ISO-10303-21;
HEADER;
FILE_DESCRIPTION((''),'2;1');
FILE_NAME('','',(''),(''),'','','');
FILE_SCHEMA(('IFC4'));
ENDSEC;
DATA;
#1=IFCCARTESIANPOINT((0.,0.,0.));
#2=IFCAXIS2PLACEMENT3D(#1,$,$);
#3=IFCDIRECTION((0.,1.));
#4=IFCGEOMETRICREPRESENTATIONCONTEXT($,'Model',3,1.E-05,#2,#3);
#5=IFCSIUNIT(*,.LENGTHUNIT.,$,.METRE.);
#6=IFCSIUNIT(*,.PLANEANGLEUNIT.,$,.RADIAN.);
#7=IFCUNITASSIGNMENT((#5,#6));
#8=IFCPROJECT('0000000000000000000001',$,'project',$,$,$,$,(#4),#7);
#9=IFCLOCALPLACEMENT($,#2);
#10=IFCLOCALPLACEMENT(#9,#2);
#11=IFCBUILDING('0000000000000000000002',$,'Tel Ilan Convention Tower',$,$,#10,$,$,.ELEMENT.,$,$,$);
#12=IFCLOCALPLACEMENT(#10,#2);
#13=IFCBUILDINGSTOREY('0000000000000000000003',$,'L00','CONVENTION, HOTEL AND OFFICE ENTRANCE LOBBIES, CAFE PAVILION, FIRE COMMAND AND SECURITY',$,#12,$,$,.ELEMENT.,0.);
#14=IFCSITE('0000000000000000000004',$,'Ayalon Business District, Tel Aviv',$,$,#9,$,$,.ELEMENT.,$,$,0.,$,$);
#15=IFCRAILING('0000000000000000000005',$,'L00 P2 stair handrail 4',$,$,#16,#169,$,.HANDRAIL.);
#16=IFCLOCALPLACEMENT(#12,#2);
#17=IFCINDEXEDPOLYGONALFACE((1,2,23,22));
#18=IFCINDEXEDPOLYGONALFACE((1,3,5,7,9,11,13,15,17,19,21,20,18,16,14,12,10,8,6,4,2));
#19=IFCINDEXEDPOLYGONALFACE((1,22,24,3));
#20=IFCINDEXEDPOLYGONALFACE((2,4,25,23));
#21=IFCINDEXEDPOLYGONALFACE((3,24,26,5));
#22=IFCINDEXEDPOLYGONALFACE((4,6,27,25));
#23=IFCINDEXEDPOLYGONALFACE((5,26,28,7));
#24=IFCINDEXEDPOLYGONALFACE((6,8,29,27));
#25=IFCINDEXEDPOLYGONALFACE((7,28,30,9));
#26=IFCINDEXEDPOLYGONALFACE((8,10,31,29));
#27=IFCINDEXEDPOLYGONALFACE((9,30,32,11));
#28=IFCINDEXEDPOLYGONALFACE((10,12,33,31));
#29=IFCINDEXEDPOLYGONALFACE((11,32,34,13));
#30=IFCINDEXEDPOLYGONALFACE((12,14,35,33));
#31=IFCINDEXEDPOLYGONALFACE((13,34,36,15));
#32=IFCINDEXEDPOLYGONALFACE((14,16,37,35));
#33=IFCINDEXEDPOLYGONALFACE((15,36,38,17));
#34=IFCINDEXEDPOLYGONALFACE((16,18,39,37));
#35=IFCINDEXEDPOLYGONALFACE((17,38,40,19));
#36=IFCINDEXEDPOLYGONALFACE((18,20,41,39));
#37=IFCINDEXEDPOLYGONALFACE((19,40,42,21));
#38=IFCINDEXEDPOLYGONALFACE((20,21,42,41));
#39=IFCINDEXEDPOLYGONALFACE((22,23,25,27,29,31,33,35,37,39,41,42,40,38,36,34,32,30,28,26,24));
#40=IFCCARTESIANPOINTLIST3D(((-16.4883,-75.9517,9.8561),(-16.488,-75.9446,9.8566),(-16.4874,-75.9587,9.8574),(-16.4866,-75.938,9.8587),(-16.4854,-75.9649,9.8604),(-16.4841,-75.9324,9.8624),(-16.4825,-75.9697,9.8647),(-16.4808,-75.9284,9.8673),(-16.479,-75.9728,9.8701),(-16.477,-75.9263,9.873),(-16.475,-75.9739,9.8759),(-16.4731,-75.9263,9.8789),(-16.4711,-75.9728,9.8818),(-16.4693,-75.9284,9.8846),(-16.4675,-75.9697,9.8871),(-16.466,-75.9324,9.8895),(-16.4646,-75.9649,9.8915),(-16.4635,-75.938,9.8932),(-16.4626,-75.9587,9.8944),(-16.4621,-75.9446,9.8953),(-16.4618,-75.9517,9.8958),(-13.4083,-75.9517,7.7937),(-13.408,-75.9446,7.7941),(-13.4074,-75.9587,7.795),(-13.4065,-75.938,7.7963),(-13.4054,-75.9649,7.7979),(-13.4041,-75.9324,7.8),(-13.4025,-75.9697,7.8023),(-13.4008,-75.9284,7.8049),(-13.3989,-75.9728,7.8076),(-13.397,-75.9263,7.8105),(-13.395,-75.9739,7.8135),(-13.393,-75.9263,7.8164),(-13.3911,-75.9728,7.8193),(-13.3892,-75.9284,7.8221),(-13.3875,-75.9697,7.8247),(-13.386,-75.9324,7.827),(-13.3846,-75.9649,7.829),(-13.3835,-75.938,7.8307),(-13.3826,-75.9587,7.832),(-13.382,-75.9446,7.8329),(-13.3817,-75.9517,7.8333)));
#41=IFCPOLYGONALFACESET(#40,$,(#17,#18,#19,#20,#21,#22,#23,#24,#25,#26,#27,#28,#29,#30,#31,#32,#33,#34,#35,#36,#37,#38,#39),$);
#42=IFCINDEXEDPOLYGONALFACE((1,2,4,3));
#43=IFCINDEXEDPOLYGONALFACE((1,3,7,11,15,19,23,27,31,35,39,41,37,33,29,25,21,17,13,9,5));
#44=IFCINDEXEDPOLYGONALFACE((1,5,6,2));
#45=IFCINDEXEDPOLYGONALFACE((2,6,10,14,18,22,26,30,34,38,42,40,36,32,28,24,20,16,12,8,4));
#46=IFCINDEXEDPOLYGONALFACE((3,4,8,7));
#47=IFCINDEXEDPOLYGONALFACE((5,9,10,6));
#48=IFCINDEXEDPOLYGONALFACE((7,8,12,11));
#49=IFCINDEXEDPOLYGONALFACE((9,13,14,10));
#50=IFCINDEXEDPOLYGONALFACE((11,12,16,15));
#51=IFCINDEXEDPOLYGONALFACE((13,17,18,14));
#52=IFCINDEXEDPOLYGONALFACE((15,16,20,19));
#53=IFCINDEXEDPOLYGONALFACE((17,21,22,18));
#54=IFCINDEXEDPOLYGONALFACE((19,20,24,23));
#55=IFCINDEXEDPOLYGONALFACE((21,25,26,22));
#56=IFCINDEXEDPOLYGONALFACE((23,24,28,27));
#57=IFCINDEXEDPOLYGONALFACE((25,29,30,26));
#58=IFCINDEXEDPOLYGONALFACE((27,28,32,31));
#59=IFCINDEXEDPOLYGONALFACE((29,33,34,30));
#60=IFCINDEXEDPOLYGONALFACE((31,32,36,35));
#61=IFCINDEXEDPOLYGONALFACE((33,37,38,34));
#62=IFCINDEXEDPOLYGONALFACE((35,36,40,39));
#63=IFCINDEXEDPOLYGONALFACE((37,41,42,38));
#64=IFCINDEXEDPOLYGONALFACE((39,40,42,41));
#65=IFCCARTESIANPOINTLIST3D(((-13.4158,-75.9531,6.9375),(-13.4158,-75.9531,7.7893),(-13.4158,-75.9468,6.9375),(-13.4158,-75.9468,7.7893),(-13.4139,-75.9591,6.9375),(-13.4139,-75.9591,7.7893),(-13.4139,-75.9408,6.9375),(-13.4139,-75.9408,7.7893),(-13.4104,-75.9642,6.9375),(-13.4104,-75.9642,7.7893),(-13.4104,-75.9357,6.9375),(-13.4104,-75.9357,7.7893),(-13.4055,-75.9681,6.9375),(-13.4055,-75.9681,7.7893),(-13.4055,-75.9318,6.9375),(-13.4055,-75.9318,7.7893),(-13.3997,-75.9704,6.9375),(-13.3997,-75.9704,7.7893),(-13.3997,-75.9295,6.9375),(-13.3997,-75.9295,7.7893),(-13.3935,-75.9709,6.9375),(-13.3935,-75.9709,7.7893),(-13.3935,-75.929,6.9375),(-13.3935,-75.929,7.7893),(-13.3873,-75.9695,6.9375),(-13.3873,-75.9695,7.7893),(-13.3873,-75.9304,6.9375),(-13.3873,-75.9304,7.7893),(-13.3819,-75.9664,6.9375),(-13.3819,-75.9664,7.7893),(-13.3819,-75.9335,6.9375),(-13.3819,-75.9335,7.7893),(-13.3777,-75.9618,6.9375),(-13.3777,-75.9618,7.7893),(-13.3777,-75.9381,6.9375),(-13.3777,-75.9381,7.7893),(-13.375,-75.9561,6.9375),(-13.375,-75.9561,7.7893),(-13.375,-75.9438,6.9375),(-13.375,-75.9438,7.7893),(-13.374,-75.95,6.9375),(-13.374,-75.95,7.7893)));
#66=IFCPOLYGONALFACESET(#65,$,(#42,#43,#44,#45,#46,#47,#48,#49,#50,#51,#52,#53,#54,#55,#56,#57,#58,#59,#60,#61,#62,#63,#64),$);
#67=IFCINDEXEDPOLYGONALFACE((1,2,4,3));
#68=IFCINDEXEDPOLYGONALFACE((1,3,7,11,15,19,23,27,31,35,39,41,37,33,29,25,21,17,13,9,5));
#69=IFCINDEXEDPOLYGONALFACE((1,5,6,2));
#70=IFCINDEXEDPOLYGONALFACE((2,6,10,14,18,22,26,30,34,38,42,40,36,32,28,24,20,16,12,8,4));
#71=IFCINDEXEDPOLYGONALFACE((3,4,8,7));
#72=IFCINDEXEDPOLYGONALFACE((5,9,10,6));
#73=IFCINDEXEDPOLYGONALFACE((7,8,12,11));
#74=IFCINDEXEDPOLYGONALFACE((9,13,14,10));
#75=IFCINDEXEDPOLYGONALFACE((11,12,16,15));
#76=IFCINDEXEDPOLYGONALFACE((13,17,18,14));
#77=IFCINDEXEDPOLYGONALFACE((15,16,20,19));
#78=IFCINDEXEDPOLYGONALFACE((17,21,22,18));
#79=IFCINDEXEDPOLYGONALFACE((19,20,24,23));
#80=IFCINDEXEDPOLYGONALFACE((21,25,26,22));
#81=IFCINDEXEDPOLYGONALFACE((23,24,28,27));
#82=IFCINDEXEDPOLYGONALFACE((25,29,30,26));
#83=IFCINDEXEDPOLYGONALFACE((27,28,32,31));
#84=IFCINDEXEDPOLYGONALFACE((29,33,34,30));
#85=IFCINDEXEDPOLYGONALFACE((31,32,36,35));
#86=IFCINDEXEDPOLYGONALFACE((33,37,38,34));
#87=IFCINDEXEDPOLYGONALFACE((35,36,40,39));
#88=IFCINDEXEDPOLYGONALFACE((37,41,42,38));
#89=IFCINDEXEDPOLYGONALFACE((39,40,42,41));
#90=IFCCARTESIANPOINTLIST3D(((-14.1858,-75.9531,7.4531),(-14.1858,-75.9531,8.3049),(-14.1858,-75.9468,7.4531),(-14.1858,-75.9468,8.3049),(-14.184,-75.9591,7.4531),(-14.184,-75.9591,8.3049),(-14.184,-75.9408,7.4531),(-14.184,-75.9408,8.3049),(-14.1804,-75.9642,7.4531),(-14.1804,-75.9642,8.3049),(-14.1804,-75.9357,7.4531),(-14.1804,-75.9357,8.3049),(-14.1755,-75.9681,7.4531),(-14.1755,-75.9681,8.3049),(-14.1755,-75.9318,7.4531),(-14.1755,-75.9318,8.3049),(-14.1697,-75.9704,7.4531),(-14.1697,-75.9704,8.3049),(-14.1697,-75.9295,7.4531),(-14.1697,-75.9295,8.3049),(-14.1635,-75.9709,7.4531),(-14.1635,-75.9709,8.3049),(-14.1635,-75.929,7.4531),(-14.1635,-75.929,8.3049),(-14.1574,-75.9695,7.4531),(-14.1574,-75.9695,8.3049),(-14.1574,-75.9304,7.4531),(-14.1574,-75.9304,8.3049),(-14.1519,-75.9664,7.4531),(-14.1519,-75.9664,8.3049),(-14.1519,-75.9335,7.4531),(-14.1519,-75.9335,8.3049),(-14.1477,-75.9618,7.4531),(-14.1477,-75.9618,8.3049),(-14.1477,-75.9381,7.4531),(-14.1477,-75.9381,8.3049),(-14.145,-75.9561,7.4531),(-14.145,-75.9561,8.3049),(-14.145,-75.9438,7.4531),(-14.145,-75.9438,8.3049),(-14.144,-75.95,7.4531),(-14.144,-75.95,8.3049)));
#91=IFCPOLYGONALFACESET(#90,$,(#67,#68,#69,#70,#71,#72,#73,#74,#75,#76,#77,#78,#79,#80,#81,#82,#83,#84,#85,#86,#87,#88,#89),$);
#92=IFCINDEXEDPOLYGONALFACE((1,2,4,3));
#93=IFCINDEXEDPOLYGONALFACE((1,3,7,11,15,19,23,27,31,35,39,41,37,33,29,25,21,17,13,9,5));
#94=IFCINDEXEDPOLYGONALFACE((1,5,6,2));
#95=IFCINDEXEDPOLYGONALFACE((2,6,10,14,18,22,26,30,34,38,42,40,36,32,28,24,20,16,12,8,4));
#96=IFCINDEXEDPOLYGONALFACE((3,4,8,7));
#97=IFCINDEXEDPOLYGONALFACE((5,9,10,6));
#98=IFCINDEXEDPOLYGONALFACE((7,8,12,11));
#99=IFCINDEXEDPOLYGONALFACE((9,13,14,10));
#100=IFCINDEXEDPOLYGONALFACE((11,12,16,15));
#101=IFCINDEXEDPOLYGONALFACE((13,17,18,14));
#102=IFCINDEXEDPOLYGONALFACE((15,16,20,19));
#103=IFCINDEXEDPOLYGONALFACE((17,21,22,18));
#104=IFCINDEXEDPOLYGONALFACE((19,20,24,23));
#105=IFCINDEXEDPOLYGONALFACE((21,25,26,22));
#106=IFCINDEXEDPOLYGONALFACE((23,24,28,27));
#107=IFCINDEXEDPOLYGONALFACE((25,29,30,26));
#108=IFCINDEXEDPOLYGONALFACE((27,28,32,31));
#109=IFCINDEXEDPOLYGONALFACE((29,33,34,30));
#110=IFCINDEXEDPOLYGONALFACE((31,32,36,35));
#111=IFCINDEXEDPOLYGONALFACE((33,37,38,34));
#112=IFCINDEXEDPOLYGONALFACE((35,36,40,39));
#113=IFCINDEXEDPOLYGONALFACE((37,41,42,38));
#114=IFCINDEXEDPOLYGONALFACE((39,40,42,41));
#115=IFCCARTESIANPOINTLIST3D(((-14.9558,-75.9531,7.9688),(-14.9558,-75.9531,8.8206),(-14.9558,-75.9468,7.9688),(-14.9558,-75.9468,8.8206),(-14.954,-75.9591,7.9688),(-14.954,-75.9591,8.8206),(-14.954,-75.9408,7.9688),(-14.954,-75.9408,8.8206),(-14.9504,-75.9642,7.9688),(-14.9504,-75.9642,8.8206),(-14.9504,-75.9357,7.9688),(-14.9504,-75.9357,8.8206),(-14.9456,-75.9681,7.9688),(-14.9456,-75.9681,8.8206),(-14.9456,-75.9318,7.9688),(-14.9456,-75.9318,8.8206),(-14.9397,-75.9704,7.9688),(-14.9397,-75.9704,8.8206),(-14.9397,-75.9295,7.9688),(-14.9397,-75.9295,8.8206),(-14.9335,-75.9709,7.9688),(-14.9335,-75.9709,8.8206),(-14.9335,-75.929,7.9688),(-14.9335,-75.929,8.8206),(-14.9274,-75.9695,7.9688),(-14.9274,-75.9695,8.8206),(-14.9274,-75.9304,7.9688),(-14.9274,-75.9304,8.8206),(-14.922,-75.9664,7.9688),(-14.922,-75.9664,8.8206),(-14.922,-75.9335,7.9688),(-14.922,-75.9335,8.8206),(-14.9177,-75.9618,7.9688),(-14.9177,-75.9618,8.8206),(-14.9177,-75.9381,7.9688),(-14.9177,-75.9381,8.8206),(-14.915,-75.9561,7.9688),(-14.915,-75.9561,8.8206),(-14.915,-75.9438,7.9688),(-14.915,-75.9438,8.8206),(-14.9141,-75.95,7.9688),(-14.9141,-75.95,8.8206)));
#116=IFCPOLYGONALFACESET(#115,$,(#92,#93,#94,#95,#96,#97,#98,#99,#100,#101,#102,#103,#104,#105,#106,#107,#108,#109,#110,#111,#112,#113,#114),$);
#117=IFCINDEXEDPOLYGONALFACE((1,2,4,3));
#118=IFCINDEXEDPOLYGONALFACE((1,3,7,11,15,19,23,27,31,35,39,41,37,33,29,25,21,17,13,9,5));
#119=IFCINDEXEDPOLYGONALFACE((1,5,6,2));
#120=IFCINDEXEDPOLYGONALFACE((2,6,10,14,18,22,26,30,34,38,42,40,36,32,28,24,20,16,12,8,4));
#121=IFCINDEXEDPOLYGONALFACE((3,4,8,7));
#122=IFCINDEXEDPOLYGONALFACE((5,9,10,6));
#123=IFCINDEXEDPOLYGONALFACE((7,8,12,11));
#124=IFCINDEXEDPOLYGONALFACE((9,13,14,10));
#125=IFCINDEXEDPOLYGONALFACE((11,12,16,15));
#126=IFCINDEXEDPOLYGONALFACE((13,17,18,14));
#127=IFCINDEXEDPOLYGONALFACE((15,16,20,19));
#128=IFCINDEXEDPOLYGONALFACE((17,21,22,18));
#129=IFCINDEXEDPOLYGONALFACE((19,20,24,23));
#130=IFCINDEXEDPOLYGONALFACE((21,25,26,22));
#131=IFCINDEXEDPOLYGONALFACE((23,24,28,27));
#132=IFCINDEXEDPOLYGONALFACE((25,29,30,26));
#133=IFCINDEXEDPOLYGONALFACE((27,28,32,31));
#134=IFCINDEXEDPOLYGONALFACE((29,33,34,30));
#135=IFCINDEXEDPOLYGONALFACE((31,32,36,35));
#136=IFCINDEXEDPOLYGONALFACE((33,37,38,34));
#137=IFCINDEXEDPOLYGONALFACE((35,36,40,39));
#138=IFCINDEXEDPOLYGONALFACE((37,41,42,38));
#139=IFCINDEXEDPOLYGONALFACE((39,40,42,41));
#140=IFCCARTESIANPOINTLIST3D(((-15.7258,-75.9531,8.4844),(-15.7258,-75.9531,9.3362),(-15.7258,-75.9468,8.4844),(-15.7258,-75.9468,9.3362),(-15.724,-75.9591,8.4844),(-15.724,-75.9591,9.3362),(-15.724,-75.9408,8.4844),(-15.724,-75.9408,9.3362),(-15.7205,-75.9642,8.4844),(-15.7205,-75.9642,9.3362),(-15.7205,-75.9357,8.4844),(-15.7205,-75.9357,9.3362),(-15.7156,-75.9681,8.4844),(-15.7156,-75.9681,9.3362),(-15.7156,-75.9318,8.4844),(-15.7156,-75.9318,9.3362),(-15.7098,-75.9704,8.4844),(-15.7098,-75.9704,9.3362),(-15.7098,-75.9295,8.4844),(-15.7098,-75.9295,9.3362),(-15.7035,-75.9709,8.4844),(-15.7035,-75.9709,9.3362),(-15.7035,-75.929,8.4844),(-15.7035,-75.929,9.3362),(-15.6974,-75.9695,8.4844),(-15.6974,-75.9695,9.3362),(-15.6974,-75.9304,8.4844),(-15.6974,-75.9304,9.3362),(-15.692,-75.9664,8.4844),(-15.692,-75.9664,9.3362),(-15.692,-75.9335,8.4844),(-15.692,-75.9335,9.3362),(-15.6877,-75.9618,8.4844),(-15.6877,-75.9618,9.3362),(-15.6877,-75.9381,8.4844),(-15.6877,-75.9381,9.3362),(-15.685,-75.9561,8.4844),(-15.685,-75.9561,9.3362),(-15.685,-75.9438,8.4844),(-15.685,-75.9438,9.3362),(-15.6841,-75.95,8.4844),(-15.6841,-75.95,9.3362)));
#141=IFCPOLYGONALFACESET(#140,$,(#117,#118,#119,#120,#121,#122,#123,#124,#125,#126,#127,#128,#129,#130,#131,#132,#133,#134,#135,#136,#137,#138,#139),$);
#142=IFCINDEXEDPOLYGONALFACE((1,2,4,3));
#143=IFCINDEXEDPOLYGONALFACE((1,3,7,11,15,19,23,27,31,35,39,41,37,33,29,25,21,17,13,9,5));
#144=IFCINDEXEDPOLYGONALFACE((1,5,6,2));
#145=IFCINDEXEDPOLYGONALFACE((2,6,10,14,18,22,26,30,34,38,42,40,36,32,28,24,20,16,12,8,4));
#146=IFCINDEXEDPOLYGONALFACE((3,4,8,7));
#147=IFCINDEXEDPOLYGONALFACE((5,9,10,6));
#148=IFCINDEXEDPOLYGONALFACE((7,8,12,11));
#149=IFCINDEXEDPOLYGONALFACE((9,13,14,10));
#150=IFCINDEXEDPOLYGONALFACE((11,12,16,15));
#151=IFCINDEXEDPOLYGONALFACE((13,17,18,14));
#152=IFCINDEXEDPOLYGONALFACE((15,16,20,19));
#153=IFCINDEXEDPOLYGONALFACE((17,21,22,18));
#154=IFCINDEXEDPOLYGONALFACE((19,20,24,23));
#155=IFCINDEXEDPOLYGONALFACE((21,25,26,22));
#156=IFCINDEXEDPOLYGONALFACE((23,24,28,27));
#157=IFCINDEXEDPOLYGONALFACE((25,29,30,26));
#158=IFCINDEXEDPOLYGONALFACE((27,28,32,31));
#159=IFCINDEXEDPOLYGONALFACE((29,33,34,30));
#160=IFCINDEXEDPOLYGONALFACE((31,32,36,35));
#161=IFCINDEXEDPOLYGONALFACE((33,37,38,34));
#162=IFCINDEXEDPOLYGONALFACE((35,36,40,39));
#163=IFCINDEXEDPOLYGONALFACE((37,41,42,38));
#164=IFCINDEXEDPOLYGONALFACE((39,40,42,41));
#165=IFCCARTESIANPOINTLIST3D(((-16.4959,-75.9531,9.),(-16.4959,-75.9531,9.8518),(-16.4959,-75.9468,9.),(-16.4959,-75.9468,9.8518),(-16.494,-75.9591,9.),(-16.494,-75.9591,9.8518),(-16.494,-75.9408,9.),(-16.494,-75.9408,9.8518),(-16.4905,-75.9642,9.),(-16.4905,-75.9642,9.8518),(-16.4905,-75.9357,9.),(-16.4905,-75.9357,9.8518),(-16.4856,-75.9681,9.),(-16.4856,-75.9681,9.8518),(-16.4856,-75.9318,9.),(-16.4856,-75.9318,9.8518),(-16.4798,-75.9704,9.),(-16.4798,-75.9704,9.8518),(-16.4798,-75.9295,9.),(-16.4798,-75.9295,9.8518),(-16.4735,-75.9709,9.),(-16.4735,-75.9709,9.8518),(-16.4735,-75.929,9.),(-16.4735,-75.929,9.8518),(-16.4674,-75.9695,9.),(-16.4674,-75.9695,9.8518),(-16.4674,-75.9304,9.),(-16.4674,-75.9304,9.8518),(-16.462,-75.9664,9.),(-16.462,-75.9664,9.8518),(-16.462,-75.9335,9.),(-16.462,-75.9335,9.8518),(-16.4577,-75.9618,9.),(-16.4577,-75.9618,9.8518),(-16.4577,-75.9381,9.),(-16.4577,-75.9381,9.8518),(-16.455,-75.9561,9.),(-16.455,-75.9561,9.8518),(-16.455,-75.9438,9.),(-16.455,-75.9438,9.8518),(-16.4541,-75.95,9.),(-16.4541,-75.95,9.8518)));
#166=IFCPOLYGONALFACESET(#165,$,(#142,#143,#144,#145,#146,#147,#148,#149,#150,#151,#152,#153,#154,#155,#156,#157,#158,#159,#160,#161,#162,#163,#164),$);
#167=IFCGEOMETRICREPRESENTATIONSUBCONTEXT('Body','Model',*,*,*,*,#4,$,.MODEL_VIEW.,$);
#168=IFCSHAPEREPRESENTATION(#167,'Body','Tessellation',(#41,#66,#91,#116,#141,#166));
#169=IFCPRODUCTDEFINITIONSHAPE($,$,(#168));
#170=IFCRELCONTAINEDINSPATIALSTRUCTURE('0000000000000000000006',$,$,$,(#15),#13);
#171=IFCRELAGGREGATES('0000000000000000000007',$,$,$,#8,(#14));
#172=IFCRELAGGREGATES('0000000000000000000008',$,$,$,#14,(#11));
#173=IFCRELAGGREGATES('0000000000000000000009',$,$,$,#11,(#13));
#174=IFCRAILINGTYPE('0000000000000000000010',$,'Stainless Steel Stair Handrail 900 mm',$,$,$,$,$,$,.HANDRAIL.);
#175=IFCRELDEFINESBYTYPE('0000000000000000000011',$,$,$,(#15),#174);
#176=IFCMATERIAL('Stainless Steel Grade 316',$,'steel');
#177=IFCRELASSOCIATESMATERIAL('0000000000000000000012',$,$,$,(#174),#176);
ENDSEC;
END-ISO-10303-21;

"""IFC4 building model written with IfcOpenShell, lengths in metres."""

from ifc_helpers import new_model, si_unit, direction, frame, origin, origin_2d, place, context, subcontext, project, spatial, circle, extrude, material, type_object, element, save


model = new_model("IFC4")

# Units and contexts
model_context = context("Model", 3, precision=1e-05, world=origin(), true_north=direction((0.0, 1.0)))
body_context = subcontext(model_context, "Body", "Model", "MODEL_VIEW")
ifc_project = project(units=[si_unit("LENGTHUNIT", "METRE"), si_unit("PLANEANGLEUNIT", "RADIAN")], contexts=[model_context])

# Site, building, storey
site_placement = place(None, origin())
site = spatial("IfcSite", under=ifc_project, at=site_placement, Name="Ayalon Business District, Tel Aviv", CompositionType="ELEMENT", RefElevation=0.0)
building_placement = place(site_placement, origin())
building = spatial("IfcBuilding", under=site, at=building_placement, Name="Tel Ilan Convention Tower", CompositionType="ELEMENT")
storey_placement = place(building_placement, origin())
storey = spatial("IfcBuildingStorey", under=building, at=storey_placement, Name="L00", Description="CONVENTION, HOTEL AND OFFICE ENTRANCE LOBBIES, CAFE PAVILION, FIRE COMMAND AND SECURITY", CompositionType="ELEMENT", Elevation=0.0)

# Railing
ifc_material_1 = material(Name="Stainless Steel Grade 316", Category="steel")
railing_type_1 = type_object("IfcRailingType", Name="Stainless Steel Stair Handrail 900 mm", PredefinedType="HANDRAIL", material=ifc_material_1)
railing_1_placement = place(storey_placement, frame((-13.395, -75.95, 6.9375)))
element("IfcRailing", 1, at=railing_1_placement, inside=storey, type_object=railing_type_1, Name="L00 P2 stair handrail 4", PredefinedType="HANDRAIL", context=body_context, shape_type="SweptSolid", body=[
    extrude(circle(Radius=0.0239, at=origin_2d()), frame((0.0, 0.0, 0.876), z_axis=(-0.830914, 0.0, 0.556401), x_axis=(0.0, -1.0, 0.0)), (0.0, 0.0, 1.0), 3.7068),
    extrude(circle(Radius=0.021, at=origin_2d()), origin(), (0.0, 0.0, 1.0), 0.8518),
    extrude(circle(Radius=0.021, at=origin_2d()), frame((-0.77, 0.0, 0.5156)), (0.0, 0.0, 1.0), 0.8518),
    extrude(circle(Radius=0.021, at=origin_2d()), frame((-1.54, 0.0, 1.0312)), (0.0, 0.0, 1.0), 0.8518),
    extrude(circle(Radius=0.021, at=origin_2d()), frame((-2.3101, 0.0, 1.5469)), (0.0, 0.0, 1.0), 0.8518),
    extrude(circle(Radius=0.021, at=origin_2d()), frame((-3.0801, 0.0, 2.0625)), (0.0, 0.0, 1.0), 0.8518),
])

save(model, "model.ifc")
